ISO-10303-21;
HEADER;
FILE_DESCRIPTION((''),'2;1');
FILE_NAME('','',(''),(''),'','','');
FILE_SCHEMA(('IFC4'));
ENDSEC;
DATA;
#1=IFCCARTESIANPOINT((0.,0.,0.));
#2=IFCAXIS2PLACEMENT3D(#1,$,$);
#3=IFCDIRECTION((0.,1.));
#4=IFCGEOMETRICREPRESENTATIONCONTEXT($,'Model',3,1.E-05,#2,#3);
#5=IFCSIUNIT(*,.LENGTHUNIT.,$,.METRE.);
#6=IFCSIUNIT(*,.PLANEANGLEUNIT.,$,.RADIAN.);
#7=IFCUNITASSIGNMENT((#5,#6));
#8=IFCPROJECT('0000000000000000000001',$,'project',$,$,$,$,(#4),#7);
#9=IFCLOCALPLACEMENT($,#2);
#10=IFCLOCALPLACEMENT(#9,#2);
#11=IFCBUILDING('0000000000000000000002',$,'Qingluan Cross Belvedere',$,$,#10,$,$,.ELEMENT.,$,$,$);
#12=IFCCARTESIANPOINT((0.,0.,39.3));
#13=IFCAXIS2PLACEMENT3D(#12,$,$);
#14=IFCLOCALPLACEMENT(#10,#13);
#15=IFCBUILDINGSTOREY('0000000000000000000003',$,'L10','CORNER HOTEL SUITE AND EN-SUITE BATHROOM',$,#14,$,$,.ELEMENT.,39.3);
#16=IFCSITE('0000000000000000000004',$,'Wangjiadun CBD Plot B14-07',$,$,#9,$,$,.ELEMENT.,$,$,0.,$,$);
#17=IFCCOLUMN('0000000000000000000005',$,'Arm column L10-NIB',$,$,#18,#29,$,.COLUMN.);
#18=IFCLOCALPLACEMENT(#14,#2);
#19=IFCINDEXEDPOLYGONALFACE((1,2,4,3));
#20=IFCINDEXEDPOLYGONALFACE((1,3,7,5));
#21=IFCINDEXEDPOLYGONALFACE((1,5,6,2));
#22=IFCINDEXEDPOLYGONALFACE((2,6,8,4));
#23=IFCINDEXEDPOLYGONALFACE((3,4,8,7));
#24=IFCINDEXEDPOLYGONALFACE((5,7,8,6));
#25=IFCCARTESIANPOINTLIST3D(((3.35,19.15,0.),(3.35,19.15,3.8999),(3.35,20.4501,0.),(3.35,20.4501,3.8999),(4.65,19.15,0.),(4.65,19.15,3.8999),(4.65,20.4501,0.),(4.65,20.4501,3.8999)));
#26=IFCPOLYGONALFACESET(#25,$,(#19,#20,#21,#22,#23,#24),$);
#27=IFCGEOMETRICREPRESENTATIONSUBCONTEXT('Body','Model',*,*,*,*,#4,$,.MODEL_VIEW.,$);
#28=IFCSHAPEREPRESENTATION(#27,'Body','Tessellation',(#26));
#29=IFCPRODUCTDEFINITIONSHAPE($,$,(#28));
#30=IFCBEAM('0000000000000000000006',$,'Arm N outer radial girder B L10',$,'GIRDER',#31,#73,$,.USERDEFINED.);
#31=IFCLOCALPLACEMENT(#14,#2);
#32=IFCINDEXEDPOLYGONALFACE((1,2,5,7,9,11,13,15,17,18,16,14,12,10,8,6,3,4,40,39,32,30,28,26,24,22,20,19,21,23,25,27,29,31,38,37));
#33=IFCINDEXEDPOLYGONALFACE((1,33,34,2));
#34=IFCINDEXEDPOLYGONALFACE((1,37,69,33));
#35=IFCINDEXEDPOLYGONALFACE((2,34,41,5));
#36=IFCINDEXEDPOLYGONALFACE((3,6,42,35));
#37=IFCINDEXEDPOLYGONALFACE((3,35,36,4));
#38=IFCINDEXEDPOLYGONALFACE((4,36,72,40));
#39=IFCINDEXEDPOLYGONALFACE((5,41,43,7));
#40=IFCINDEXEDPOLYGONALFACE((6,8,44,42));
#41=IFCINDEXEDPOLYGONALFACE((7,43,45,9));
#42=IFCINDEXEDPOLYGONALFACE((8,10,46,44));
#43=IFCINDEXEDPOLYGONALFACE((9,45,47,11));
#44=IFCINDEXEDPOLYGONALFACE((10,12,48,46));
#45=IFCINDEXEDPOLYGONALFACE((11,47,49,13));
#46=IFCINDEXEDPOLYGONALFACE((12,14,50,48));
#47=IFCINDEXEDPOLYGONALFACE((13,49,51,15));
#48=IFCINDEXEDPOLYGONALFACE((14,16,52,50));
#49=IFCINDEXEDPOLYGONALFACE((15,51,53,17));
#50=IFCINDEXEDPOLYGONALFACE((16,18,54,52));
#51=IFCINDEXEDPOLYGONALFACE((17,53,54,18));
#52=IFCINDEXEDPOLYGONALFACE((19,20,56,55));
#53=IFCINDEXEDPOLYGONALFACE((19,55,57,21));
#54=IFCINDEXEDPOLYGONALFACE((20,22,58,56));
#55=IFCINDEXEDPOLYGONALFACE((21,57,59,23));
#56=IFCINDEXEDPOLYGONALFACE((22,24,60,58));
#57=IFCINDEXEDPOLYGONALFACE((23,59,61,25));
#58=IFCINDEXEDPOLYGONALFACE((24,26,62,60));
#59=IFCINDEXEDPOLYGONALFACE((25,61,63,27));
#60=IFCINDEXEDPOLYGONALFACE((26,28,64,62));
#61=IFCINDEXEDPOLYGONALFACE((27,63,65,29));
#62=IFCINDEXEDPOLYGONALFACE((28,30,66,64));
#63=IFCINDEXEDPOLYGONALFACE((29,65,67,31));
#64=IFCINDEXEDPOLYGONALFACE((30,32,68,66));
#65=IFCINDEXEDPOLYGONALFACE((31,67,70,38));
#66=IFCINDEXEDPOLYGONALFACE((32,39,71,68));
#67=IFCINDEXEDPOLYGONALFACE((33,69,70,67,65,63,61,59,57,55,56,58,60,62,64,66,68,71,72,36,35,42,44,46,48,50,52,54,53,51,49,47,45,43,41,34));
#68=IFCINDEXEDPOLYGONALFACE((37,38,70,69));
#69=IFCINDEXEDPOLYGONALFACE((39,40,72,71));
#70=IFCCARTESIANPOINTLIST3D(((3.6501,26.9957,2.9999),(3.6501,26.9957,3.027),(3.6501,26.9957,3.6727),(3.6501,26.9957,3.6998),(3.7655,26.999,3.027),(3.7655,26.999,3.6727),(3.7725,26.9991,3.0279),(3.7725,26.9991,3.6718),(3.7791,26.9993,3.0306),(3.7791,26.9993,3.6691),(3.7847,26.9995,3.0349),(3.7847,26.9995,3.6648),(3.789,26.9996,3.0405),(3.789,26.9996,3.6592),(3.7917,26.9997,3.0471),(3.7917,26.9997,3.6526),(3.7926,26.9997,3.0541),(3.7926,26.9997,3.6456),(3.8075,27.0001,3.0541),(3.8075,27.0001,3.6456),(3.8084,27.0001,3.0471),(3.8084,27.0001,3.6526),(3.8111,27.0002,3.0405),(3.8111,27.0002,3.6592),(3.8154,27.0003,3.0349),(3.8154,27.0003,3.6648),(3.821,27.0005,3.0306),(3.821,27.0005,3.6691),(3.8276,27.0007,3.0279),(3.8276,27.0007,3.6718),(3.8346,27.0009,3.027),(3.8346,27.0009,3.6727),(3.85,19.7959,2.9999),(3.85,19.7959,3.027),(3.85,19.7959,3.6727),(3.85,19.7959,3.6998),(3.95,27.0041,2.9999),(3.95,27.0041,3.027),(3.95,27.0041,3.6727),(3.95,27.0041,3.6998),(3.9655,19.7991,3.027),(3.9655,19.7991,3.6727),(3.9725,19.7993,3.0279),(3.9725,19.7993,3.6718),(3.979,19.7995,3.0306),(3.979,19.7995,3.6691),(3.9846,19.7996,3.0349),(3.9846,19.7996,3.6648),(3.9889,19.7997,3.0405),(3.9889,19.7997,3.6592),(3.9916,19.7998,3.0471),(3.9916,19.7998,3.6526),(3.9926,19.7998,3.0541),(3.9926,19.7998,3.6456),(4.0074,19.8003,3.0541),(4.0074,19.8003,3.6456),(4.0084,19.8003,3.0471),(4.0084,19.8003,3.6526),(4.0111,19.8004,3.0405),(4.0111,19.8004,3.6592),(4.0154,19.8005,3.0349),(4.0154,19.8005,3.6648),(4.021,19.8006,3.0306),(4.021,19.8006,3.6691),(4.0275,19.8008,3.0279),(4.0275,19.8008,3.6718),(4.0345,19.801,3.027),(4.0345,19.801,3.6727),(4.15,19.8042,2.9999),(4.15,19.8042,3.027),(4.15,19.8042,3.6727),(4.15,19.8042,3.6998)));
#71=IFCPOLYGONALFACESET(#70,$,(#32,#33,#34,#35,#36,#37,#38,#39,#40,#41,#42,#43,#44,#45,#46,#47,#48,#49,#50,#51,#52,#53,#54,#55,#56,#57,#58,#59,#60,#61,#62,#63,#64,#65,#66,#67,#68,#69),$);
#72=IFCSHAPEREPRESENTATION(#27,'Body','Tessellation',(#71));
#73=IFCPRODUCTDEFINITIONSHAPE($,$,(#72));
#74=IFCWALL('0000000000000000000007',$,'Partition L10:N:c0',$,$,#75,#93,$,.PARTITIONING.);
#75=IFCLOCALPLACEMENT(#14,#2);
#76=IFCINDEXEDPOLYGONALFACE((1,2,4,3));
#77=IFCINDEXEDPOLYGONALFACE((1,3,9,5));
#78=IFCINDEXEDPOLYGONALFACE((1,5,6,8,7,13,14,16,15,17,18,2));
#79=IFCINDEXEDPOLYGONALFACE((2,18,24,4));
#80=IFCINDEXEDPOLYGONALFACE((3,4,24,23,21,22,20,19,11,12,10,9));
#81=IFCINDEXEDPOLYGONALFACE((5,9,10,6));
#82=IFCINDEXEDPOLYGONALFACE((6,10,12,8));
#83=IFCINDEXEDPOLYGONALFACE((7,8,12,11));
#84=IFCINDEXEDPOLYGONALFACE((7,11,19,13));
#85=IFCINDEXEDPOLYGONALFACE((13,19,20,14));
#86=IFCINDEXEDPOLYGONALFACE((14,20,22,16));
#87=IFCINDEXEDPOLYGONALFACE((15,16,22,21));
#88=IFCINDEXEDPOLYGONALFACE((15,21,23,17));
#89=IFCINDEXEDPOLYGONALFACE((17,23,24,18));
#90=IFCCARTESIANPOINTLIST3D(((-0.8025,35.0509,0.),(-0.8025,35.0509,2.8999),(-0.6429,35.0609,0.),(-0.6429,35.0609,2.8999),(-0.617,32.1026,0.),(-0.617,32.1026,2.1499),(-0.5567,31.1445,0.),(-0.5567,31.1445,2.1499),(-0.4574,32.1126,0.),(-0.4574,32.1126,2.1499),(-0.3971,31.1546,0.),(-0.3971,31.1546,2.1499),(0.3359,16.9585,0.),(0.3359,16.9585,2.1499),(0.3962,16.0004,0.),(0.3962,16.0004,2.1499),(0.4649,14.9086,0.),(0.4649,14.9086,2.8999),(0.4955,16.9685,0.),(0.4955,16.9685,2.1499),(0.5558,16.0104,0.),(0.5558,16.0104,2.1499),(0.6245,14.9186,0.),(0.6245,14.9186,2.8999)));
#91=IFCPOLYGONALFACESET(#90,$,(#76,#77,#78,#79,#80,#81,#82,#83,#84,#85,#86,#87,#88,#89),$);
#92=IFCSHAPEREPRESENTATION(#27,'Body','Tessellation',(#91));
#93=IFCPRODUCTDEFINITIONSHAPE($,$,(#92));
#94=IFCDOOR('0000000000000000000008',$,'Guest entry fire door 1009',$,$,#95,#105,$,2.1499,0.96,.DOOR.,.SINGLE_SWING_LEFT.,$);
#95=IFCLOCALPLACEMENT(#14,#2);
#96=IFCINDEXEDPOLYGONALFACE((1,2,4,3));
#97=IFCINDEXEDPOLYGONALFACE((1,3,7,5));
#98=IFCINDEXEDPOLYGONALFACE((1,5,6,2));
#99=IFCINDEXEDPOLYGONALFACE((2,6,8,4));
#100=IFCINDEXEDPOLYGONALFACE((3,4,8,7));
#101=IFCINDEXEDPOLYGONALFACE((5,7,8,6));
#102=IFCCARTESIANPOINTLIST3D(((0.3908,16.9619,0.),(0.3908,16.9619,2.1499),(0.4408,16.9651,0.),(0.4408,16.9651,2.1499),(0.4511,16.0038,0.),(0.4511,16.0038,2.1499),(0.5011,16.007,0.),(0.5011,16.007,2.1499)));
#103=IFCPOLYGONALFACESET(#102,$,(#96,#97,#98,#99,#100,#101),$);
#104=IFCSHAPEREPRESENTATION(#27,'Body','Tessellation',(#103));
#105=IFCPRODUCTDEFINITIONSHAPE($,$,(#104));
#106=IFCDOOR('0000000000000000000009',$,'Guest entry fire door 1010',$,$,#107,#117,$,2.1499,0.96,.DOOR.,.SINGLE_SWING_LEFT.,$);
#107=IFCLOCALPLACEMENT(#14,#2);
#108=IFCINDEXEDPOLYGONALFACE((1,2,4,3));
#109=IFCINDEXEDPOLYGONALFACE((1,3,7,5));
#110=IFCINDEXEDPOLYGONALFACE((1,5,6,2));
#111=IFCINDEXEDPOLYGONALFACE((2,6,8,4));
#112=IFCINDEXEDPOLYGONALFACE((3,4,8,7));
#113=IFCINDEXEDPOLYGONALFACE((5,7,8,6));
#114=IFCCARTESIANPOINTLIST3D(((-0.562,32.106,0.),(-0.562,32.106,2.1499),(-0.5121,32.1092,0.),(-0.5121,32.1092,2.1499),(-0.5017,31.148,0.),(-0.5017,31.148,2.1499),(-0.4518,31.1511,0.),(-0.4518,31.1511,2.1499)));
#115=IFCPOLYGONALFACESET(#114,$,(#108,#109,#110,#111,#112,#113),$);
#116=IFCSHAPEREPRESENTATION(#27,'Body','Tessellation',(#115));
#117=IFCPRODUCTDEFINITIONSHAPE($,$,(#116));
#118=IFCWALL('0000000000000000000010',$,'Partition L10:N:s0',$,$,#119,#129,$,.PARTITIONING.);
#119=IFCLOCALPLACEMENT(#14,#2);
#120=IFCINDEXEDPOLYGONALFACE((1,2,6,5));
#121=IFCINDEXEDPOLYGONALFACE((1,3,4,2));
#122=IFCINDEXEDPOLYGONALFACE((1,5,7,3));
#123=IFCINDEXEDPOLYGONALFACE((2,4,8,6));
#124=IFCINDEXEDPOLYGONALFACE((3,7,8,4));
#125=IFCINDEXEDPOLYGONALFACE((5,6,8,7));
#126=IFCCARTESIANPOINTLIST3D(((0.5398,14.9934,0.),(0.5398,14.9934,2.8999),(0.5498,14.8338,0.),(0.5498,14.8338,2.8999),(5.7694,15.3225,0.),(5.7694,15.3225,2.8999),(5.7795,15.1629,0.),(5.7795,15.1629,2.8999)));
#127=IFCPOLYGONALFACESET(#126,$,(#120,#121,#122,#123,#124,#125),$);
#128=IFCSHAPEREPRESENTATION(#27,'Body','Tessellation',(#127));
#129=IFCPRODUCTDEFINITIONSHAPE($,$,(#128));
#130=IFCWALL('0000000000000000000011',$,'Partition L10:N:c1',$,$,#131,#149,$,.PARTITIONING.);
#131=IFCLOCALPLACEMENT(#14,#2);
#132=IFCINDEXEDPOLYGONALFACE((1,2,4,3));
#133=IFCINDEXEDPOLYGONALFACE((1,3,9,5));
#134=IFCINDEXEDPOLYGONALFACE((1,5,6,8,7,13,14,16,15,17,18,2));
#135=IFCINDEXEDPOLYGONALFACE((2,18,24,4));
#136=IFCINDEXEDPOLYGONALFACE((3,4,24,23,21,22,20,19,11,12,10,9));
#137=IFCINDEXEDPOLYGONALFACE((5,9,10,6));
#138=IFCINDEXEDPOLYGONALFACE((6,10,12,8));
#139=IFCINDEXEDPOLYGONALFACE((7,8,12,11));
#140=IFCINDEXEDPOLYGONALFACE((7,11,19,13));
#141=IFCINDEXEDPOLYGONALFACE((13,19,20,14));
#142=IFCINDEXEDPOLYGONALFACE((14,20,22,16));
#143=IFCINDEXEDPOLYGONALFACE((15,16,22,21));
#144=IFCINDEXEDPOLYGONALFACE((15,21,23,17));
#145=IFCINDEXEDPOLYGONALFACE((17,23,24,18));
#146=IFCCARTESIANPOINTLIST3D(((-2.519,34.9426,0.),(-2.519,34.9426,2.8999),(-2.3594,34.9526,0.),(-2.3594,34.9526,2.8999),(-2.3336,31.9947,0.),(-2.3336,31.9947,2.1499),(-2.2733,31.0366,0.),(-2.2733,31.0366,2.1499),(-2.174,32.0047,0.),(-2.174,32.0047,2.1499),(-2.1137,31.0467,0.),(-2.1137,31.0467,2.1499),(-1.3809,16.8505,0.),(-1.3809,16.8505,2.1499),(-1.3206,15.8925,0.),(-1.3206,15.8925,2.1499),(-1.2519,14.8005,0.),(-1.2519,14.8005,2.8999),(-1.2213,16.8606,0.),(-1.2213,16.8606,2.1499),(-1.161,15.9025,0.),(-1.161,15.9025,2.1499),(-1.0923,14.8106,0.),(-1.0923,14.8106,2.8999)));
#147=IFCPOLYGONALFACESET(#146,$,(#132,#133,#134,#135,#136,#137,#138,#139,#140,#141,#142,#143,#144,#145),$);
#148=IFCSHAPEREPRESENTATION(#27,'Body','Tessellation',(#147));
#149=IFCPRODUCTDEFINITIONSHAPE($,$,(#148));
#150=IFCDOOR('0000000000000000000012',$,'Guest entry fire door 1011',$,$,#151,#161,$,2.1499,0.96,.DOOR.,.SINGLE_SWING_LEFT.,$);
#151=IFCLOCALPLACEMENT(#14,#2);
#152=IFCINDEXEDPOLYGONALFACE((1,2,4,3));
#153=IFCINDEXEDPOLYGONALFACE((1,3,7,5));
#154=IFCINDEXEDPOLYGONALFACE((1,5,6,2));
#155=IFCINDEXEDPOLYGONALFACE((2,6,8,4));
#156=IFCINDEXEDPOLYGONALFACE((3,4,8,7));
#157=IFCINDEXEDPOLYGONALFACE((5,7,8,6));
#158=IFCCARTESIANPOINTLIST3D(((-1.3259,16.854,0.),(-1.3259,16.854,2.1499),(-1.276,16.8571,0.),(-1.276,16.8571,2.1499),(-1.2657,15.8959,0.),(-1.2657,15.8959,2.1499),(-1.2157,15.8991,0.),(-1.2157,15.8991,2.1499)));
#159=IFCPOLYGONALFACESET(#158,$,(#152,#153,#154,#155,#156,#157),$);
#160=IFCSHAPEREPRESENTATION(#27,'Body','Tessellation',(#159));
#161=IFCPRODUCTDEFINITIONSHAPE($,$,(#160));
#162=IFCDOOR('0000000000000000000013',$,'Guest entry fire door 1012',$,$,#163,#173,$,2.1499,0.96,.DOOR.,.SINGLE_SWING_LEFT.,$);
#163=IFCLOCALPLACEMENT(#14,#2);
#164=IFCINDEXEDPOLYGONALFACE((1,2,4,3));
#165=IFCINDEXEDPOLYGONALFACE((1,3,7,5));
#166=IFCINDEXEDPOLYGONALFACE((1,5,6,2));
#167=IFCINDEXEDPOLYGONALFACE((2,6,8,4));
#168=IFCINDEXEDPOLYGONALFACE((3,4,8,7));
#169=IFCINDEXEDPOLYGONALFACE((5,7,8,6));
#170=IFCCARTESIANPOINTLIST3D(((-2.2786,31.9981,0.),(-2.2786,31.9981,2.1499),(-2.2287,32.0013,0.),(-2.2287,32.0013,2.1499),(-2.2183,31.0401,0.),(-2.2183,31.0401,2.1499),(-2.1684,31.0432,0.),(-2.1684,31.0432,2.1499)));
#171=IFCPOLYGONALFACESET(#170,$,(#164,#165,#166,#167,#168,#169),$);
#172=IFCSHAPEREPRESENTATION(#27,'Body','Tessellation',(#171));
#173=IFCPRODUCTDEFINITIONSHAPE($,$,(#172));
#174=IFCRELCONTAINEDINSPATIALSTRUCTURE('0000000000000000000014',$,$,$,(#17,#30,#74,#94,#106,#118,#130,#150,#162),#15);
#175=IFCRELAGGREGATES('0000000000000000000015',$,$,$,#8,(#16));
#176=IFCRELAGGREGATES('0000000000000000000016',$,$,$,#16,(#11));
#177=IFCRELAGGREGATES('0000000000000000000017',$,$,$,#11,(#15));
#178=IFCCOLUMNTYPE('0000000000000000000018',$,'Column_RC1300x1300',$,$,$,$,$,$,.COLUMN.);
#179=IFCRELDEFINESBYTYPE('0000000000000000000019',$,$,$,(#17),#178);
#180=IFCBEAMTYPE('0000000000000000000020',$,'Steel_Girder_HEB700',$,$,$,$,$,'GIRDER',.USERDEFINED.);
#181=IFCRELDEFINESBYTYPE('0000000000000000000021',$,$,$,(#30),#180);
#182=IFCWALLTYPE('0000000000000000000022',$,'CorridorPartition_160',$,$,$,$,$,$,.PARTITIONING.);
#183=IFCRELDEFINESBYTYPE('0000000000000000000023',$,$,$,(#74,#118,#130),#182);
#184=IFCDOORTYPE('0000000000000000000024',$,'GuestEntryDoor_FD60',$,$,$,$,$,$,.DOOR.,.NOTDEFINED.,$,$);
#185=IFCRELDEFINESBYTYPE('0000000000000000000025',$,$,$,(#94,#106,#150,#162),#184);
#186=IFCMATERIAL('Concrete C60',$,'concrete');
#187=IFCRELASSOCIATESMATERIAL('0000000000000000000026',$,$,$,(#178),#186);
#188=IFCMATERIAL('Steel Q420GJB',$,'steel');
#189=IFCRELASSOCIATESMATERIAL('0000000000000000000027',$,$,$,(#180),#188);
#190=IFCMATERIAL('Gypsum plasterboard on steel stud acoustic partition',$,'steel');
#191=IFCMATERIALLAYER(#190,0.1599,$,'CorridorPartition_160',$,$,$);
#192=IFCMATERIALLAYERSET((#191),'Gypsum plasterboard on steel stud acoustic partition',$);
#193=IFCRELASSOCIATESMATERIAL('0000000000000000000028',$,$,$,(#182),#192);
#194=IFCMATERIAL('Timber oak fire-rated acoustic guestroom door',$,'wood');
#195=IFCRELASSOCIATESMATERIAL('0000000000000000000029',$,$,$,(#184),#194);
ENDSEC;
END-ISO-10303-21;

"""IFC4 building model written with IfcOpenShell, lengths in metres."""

from ifc_helpers import new_model, si_unit, direction, frame, frame_2d, origin, origin_2d, place, context, subcontext, project, spatial, rectangle, i_section, extrude, material, layer, layer_set, material_profile, profile_set, type_object, element, fill, save


model = new_model("IFC4")

# Units and contexts
model_context = context("Model", 3, precision=1e-05, world=origin(), true_north=direction((0.0, 1.0)))
body_context = subcontext(model_context, "Body", "Model", "MODEL_VIEW")
ifc_project = project(units=[si_unit("LENGTHUNIT", "METRE"), si_unit("PLANEANGLEUNIT", "RADIAN")], contexts=[model_context])

# Site, building, storey
site_placement = place(None, origin())
site = spatial("IfcSite", under=ifc_project, at=site_placement, Name="Wangjiadun CBD Plot B14-07", CompositionType="ELEMENT", RefElevation=0.0)
building_placement = place(site_placement, origin())
building = spatial("IfcBuilding", under=site, at=building_placement, Name="Qingluan Cross Belvedere", CompositionType="ELEMENT")
storey_placement = place(building_placement, frame((0.0, 0.0, 39.3)))
storey = spatial("IfcBuildingStorey", under=building, at=storey_placement, Name="L10", Description="CORNER HOTEL SUITE AND EN-SUITE BATHROOM", CompositionType="ELEMENT", Elevation=39.3)

# Column
ifc_material_1 = material(Name="Concrete C60", Category="concrete")
ifc_material_profile_1 = material_profile(ifc_material_1, rectangle(XDim=1.3, YDim=1.3, at=origin_2d()), Name="RC1300x1300")
ifc_profile_set_1 = profile_set([ifc_material_profile_1], Name="Concrete C60")
column_type = type_object("IfcColumnType", Name="Column_RC1300x1300", PredefinedType="COLUMN", material=ifc_profile_set_1)
column_placement = place(storey_placement, frame((4.0, 19.8, 0.0), z_axis=(0.0, 0.0, 1.0), x_axis=(1.0, 0.0, 0.0)))
element("IfcColumn", 1, at=column_placement, inside=storey, type_object=column_type, Name="Arm column L10-NIB", PredefinedType="COLUMN", context=body_context, shape_type="SweptSolid", body=[
    extrude(rectangle(XDim=1.3, YDim=1.3, at=origin_2d()), origin(), (0.0, 0.0, 1.0), 3.8999),
])

# Beam
ifc_material_2 = material(Name="Steel Q420GJB", Category="steel")
ifc_material_profile_2 = material_profile(ifc_material_2, i_section(OverallWidth=0.3, OverallDepth=0.7, WebThickness=0.0149, FlangeThickness=0.0271, FilletRadius=0.0271, at=origin_2d()), Name="HEB700")
ifc_profile_set_2 = profile_set([ifc_material_profile_2], Name="Steel Q420GJB")
beam_type = type_object("IfcBeamType", Name="Steel_Girder_HEB700", ElementType="GIRDER", PredefinedType="USERDEFINED", material=ifc_profile_set_2)
beam_placement = place(storey_placement, frame((4.0, 19.8, 3.3499), z_axis=(-0.02776, 0.999615, 0.0), x_axis=(-0.999615, -0.02776, 0.0)))
element("IfcBeam", 2, at=beam_placement, inside=storey, type_object=beam_type, Name="Arm N outer radial girder B L10", ObjectType="GIRDER", PredefinedType="USERDEFINED", context=body_context, shape_type="SweptSolid", body=[
    extrude(i_section(OverallWidth=0.3, OverallDepth=0.7, WebThickness=0.0149, FlangeThickness=0.0271, FilletRadius=0.0271, at=origin_2d()), origin(), (0.0, 0.0, 1.0), 7.2026),
])

# Wall, openings, doors
ifc_material_3 = material(Name="Gypsum plasterboard on steel stud acoustic partition", Category="steel")
ifc_layer_1 = layer(ifc_material_3, 0.1599, Name="CorridorPartition_160")
ifc_layer_set_1 = layer_set([ifc_layer_1], Name="Gypsum plasterboard on steel stud acoustic partition")
wall_type_1 = type_object("IfcWallType", Name="CorridorPartition_160", PredefinedType="PARTITIONING", material=ifc_layer_set_1)
wall_1_placement = place(storey_placement, frame((0.5447, 14.9136, 0.0), z_axis=(0.0, 0.0, 1.0), x_axis=(-0.062795, 0.998026, 0.0)))
wall_1 = element("IfcWall", 3, at=wall_1_placement, inside=storey, type_object=wall_type_1, Name="Partition L10:N:c0", PredefinedType="PARTITIONING", context=body_context, shape_type="SweptSolid", body=[
    extrude(rectangle(XDim=20.1821, YDim=0.1599, at=frame_2d((10.0911, 0.0))), origin(), (0.0, 0.0, 1.0), 2.8999),
])
opening_1_placement = place(wall_1_placement, frame((1.094, 0.0, 0.0)))
opening_1 = element("IfcOpeningElement", 4, at=opening_1_placement, cuts=wall_1, PredefinedType="OPENING", context=body_context, shape_type="SweptSolid", body=[
    extrude(rectangle(XDim=0.96, YDim=2.1499, at=frame_2d((0.48, 1.075))), frame((0.0, 0.0898, 0.0), z_axis=(0.0, -1.0, 0.0), x_axis=(1.0, 0.0, 0.0)), (0.0, 0.0, 1.0), 0.1799),
])
opening_2_placement = place(wall_1_placement, frame((16.2681, 0.0, 0.0)))
opening_2 = element("IfcOpeningElement", 5, at=opening_2_placement, cuts=wall_1, PredefinedType="OPENING", context=body_context, shape_type="SweptSolid", body=[
    extrude(rectangle(XDim=0.96, YDim=2.1499, at=frame_2d((0.48, 1.075))), frame((0.0, 0.0898, 0.0), z_axis=(0.0, -1.0, 0.0), x_axis=(1.0, 0.0, 0.0)), (0.0, 0.0, 1.0), 0.1799),
])
ifc_material_4 = material(Name="Timber oak fire-rated acoustic guestroom door", Category="wood")
door_type_1 = type_object("IfcDoorType", Name="GuestEntryDoor_FD60", OperationType="NOTDEFINED", PredefinedType="DOOR", material=ifc_material_4)
door_1_placement = place(opening_1_placement, origin())
door_1 = element("IfcDoor", 6, at=door_1_placement, inside=storey, type_object=door_type_1, Name="Guest entry fire door 1009", OperationType="SINGLE_SWING_LEFT", OverallHeight=2.1499, OverallWidth=0.96, PredefinedType="DOOR", context=body_context, shape_type="SweptSolid", body=[
    extrude(rectangle(XDim=0.96, YDim=2.1499, at=frame_2d((0.48, 1.075))), frame((0.0, 0.0249, 0.0), z_axis=(0.0, -1.0, 0.0), x_axis=(1.0, 0.0, 0.0)), (0.0, 0.0, 1.0), 0.05),
])
fill(opening_1, door_1)
door_2_placement = place(opening_2_placement, origin())
door_2 = element("IfcDoor", 7, at=door_2_placement, inside=storey, type_object=door_type_1, Name="Guest entry fire door 1010", OperationType="SINGLE_SWING_LEFT", OverallHeight=2.1499, OverallWidth=0.96, PredefinedType="DOOR", context=body_context, shape_type="SweptSolid", body=[
    extrude(rectangle(XDim=0.96, YDim=2.1499, at=frame_2d((0.48, 1.075))), frame((0.0, 0.0249, 0.0), z_axis=(0.0, -1.0, 0.0), x_axis=(1.0, 0.0, 0.0)), (0.0, 0.0, 1.0), 0.05),
])
fill(opening_2, door_2)

# Wall
wall_2_placement = place(storey_placement, frame((0.5447, 14.9136, 0.0), z_axis=(0.0, 0.0, 1.0), x_axis=(0.998026, 0.062805, 0.0)))
element("IfcWall", 8, at=wall_2_placement, inside=storey, type_object=wall_type_1, Name="Partition L10:N:s0", PredefinedType="PARTITIONING", context=body_context, shape_type="SweptSolid", body=[
    extrude(rectangle(XDim=5.24, YDim=0.1599, at=frame_2d((2.6201, 0.0))), origin(), (0.0, 0.0, 1.0), 2.8999),
])

# Wall, openings, doors
wall_3_placement = place(storey_placement, frame((-1.1721, 14.8057, 0.0), z_axis=(0.0, 0.0, 1.0), x_axis=(-0.062783, 0.998027, 0.0)))
wall_3 = element("IfcWall", 9, at=wall_3_placement, inside=storey, type_object=wall_type_1, Name="Partition L10:N:c1", PredefinedType="PARTITIONING", context=body_context, shape_type="SweptSolid", body=[
    extrude(rectangle(XDim=20.1819, YDim=0.1599, at=frame_2d((10.0908, 0.0))), origin(), (0.0, 0.0, 1.0), 2.8999),
])
opening_3_placement = place(wall_3_placement, frame((1.094, 0.0, 0.0)))
opening_3 = element("IfcOpeningElement", 10, at=opening_3_placement, cuts=wall_3, PredefinedType="OPENING", context=body_context, shape_type="SweptSolid", body=[
    extrude(rectangle(XDim=0.96, YDim=2.1499, at=frame_2d((0.48, 1.075))), frame((0.0, 0.0898, 0.0), z_axis=(0.0, -1.0, 0.0), x_axis=(1.0, 0.0, 0.0)), (0.0, 0.0, 1.0), 0.1799),
])
opening_4_placement = place(wall_3_placement, frame((16.2681, 0.0, 0.0)))
opening_4 = element("IfcOpeningElement", 11, at=opening_4_placement, cuts=wall_3, PredefinedType="OPENING", context=body_context, shape_type="SweptSolid", body=[
    extrude(rectangle(XDim=0.96, YDim=2.1499, at=frame_2d((0.48, 1.075))), frame((0.0, 0.0898, 0.0), z_axis=(0.0, -1.0, 0.0), x_axis=(1.0, 0.0, 0.0)), (0.0, 0.0, 1.0), 0.1799),
])
door_3_placement = place(opening_3_placement, origin())
door_3 = element("IfcDoor", 12, at=door_3_placement, inside=storey, type_object=door_type_1, Name="Guest entry fire door 1011", OperationType="SINGLE_SWING_LEFT", OverallHeight=2.1499, OverallWidth=0.96, PredefinedType="DOOR", context=body_context, shape_type="SweptSolid", body=[
    extrude(rectangle(XDim=0.96, YDim=2.1499, at=frame_2d((0.48, 1.075))), frame((0.0, 0.0249, 0.0), z_axis=(0.0, -1.0, 0.0), x_axis=(1.0, 0.0, 0.0)), (0.0, 0.0, 1.0), 0.05),
])
fill(opening_3, door_3)
door_4_placement = place(opening_4_placement, origin())
door_4 = element("IfcDoor", 13, at=door_4_placement, inside=storey, type_object=door_type_1, Name="Guest entry fire door 1012", OperationType="SINGLE_SWING_LEFT", OverallHeight=2.1499, OverallWidth=0.96, PredefinedType="DOOR", context=body_context, shape_type="SweptSolid", body=[
    extrude(rectangle(XDim=0.96, YDim=2.1499, at=frame_2d((0.48, 1.075))), frame((0.0, 0.0249, 0.0), z_axis=(0.0, -1.0, 0.0), x_axis=(1.0, 0.0, 0.0)), (0.0, 0.0, 1.0), 0.05),
])
fill(opening_4, door_4)

save(model, "model.ifc")
